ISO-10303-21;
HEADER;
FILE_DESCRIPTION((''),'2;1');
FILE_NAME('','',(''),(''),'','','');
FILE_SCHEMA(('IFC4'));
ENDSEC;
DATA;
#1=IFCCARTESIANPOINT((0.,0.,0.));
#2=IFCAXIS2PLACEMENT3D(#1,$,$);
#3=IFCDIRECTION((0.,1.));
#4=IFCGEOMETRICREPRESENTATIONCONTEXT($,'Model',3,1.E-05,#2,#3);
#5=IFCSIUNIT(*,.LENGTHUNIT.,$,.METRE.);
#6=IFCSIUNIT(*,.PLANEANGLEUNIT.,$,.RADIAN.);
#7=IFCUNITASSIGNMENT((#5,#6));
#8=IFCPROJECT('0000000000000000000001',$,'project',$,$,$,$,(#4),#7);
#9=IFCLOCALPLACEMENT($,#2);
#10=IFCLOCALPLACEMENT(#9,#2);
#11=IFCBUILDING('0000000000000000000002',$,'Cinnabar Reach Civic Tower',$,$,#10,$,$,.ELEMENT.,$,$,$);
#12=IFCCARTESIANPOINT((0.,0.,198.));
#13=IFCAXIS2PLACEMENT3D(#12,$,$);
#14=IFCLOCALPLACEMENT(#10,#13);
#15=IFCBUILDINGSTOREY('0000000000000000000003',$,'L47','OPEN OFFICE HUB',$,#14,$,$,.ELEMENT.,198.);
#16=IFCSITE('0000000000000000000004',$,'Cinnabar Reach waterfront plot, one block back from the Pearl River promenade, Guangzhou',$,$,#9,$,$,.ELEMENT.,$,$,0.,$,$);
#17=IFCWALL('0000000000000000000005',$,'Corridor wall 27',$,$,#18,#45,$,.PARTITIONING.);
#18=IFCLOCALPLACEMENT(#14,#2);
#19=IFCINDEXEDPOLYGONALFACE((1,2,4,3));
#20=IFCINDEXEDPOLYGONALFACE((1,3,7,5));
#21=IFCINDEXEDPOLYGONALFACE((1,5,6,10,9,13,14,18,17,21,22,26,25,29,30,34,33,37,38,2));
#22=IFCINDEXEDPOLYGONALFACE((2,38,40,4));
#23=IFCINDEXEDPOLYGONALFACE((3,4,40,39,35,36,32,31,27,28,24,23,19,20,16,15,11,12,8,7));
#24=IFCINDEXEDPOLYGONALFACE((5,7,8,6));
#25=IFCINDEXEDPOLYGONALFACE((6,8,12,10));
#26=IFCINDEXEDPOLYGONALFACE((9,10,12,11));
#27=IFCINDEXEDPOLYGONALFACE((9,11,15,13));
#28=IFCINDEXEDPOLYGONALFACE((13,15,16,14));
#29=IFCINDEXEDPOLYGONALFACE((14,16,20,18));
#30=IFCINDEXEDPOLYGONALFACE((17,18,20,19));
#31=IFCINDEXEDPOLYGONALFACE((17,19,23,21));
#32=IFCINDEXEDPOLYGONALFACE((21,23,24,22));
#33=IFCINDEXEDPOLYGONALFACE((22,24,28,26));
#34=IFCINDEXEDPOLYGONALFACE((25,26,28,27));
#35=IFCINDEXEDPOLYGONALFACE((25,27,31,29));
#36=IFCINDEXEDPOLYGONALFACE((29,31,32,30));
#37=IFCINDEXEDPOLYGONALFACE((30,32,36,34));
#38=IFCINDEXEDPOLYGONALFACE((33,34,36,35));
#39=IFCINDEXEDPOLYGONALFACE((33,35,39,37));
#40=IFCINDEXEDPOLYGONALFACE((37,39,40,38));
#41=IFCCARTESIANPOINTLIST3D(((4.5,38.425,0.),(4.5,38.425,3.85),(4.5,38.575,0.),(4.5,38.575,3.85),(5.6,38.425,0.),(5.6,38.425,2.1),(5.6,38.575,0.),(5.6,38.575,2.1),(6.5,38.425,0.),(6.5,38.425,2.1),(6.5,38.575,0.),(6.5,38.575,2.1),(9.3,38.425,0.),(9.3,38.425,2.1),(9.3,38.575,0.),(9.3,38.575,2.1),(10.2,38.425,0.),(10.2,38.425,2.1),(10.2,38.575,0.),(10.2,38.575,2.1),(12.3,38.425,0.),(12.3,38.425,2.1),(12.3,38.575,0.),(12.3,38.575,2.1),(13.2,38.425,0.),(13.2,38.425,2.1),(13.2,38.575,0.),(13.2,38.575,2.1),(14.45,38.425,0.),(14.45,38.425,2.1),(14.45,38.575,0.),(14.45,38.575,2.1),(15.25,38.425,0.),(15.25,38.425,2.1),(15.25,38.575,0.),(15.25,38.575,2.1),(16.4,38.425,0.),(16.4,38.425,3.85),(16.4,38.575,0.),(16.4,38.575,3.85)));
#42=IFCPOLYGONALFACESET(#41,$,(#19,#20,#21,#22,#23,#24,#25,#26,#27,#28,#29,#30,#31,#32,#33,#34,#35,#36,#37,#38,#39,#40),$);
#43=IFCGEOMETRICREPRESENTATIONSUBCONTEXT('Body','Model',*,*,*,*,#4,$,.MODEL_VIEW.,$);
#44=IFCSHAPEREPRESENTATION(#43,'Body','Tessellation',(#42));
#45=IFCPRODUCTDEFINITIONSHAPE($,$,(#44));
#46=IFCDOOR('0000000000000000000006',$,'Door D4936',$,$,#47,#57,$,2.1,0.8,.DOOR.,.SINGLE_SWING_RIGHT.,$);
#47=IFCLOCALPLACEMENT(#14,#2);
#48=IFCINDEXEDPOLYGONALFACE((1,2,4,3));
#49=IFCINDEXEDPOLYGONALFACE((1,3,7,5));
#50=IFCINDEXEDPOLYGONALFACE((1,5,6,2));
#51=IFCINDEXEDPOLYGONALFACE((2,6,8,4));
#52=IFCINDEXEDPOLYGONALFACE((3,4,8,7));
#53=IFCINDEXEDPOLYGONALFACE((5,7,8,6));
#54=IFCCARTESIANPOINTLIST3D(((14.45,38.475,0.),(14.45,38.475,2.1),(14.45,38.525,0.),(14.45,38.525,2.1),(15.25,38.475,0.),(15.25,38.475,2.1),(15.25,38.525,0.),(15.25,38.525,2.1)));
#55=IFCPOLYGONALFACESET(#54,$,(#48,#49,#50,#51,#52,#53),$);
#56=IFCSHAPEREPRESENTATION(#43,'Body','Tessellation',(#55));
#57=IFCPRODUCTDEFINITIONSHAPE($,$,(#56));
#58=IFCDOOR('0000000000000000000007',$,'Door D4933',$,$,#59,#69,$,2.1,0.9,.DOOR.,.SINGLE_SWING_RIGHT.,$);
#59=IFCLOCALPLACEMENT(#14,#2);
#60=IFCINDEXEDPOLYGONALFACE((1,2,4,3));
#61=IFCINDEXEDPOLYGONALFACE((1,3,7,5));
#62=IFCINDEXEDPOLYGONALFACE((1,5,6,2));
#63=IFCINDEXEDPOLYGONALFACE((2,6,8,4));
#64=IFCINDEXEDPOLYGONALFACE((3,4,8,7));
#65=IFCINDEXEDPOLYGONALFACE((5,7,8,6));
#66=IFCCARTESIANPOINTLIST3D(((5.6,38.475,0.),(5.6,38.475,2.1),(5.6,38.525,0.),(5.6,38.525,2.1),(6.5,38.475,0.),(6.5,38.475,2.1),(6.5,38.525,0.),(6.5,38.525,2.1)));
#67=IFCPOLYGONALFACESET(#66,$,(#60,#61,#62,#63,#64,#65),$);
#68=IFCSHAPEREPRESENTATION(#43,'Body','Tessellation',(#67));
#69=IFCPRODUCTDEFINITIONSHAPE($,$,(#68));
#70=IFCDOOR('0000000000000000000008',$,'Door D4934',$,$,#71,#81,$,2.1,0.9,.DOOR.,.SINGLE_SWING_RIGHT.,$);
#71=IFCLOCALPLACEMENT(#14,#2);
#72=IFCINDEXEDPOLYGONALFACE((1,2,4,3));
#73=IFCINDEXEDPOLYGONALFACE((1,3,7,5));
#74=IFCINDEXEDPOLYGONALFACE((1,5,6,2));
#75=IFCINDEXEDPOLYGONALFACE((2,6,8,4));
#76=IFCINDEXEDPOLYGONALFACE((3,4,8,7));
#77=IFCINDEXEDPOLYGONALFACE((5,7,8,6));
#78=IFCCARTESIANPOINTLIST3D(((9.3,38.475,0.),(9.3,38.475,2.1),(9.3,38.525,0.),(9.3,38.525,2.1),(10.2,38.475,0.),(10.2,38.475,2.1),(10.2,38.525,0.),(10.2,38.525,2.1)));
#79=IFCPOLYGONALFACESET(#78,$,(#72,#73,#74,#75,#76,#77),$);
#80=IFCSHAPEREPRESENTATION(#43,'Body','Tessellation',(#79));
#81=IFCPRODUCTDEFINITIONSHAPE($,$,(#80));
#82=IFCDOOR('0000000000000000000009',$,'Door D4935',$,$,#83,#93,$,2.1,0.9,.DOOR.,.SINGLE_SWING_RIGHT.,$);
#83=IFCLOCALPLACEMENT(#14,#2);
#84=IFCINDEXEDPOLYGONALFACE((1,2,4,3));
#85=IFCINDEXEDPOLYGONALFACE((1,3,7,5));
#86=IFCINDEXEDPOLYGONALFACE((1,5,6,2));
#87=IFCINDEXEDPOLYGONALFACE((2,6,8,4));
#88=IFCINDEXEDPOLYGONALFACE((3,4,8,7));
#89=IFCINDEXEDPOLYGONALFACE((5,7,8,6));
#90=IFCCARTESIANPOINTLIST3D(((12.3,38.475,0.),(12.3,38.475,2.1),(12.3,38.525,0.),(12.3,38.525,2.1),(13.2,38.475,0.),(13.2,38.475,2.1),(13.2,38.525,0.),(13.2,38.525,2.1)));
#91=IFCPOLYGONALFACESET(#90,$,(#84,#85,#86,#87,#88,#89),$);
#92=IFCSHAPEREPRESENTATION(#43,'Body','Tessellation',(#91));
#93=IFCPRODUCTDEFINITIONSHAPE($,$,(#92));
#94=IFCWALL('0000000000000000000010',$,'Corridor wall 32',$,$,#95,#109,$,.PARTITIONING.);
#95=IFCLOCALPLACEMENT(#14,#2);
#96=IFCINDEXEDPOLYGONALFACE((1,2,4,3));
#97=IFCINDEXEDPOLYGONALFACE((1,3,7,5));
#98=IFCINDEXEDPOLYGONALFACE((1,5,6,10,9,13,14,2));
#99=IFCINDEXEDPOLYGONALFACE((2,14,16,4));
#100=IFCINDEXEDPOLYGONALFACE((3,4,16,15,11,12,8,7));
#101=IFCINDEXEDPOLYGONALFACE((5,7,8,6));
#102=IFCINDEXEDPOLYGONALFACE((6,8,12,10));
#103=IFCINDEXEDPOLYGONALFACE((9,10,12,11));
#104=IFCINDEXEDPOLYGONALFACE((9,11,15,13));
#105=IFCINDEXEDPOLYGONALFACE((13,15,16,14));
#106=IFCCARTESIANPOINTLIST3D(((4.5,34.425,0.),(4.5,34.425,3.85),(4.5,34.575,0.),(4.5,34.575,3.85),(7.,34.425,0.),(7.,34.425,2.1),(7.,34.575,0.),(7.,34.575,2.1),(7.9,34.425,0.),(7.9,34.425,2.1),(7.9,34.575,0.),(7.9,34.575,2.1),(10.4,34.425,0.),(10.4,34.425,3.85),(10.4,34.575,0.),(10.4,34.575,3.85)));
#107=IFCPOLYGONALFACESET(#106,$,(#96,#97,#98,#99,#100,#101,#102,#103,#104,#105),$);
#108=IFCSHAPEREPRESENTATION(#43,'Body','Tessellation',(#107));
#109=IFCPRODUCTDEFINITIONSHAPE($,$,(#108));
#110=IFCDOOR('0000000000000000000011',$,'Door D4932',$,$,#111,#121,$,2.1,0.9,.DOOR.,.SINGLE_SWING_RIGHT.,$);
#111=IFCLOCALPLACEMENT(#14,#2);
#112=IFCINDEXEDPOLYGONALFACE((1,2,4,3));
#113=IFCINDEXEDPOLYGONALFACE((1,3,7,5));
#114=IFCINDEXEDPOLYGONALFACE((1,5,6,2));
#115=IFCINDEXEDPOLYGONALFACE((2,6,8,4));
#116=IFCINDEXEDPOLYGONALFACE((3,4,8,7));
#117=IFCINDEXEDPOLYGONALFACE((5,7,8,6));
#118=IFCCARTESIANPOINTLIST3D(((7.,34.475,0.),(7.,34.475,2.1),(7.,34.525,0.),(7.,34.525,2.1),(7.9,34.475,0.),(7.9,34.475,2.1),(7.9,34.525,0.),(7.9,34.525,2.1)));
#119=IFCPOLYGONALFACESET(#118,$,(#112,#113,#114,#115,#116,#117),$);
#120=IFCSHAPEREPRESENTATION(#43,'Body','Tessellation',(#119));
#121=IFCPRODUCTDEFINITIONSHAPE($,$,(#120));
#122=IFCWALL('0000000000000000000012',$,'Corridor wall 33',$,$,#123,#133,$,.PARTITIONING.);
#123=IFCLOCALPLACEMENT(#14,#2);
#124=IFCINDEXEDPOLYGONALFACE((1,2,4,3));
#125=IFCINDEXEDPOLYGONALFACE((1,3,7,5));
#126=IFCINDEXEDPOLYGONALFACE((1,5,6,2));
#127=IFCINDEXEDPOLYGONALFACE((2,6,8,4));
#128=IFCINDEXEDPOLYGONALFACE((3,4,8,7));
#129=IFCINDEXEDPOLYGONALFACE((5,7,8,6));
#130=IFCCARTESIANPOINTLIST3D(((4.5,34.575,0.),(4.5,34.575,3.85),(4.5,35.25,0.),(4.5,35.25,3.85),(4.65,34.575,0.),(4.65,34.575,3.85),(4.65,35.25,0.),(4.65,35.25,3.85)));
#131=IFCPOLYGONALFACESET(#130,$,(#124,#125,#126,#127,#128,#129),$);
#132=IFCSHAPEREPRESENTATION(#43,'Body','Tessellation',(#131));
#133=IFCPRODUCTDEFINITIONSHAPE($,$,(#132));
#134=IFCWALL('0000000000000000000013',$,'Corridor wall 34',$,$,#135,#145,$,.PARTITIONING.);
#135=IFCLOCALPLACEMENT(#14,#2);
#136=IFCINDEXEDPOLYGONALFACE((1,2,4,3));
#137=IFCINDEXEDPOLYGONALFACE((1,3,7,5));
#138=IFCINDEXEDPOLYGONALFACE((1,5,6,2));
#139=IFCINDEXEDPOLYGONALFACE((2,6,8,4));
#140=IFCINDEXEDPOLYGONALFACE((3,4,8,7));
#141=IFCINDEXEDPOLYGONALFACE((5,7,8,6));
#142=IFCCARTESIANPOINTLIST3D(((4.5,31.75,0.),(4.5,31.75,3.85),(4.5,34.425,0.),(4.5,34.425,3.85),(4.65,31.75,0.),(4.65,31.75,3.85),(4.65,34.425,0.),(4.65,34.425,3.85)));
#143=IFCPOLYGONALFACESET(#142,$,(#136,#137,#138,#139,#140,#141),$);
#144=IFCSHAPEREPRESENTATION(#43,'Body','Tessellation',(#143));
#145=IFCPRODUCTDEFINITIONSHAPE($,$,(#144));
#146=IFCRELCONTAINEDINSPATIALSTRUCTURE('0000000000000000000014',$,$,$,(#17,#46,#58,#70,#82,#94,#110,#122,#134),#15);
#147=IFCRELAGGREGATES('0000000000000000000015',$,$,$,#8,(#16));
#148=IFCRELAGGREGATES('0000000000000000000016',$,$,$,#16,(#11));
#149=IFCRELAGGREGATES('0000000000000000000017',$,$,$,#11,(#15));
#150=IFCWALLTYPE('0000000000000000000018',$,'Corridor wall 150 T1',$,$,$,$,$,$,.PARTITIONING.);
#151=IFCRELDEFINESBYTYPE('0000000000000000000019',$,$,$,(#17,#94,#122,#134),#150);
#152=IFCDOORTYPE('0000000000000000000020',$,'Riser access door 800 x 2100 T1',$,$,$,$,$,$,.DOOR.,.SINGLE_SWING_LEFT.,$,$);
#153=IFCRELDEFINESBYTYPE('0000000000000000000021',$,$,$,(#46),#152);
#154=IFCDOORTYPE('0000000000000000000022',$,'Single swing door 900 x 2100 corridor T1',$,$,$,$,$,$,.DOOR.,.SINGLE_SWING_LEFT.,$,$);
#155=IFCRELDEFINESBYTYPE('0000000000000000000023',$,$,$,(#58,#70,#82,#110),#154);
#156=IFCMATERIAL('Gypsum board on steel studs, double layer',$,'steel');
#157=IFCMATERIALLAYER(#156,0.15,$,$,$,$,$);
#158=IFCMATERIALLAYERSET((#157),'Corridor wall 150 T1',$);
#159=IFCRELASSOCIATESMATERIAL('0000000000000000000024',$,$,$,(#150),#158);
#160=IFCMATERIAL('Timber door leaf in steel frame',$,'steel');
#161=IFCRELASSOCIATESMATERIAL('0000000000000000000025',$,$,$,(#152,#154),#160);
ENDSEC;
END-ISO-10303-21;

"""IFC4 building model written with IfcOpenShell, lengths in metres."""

from ifc_helpers import new_model, si_unit, direction, frame, frame_2d, origin, place, context, subcontext, project, spatial, rectangle, extrude, material, layer, layer_set, type_object, element, fill, save


model = new_model("IFC4")

# Units and contexts
model_context = context("Model", 3, precision=1e-05, world=origin(), true_north=direction((0.0, 1.0)))
body_context = subcontext(model_context, "Body", "Model", "MODEL_VIEW")
ifc_project = project(units=[si_unit("LENGTHUNIT", "METRE"), si_unit("PLANEANGLEUNIT", "RADIAN")], contexts=[model_context])

# Site, building, storey
site_placement = place(None, origin())
site = spatial("IfcSite", under=ifc_project, at=site_placement, Name="Cinnabar Reach waterfront plot, one block back from the Pearl River promenade, Guangzhou", CompositionType="ELEMENT", RefElevation=0.0)
building_placement = place(site_placement, origin())
building = spatial("IfcBuilding", under=site, at=building_placement, Name="Cinnabar Reach Civic Tower", CompositionType="ELEMENT")
storey_placement = place(building_placement, frame((0.0, 0.0, 198.0)))
storey = spatial("IfcBuildingStorey", under=building, at=storey_placement, Name="L47", Description="OPEN OFFICE HUB", CompositionType="ELEMENT", Elevation=198.0)

# Wall, openings, doors
ifc_material_1 = material(Name="Gypsum board on steel studs, double layer", Category="steel")
ifc_layer_1 = layer(ifc_material_1, 0.15)
ifc_layer_set_1 = layer_set([ifc_layer_1], Name="Corridor wall 150 T1")
wall_type_1 = type_object("IfcWallType", Name="Corridor wall 150 T1", PredefinedType="PARTITIONING", material=ifc_layer_set_1)
wall_1_placement = place(storey_placement, frame((4.5, 38.5, 0.0), z_axis=(0.0, 0.0, 1.0), x_axis=(1.0, 0.0, 0.0)))
wall_1 = element("IfcWall", 1, at=wall_1_placement, inside=storey, type_object=wall_type_1, Name="Corridor wall 27", PredefinedType="PARTITIONING", context=body_context, shape_type="SweptSolid", body=[
    extrude(rectangle(XDim=11.9, YDim=0.15, at=frame_2d((5.95, 0.0))), origin(), (0.0, 0.0, 1.0), 3.85),
])
opening_1_placement = place(wall_1_placement, frame((1.1, 0.0, 0.0)))
opening_1 = element("IfcOpeningElement", 2, at=opening_1_placement, cuts=wall_1, PredefinedType="OPENING", context=body_context, shape_type="SweptSolid", body=[
    extrude(rectangle(XDim=0.9, YDim=2.1, at=frame_2d((0.45, 1.05))), frame((0.0, 0.085, 0.0), z_axis=(0.0, -1.0, 0.0), x_axis=(1.0, 0.0, 0.0)), (0.0, 0.0, 1.0), 0.17),
])
opening_2_placement = place(wall_1_placement, frame((4.8, 0.0, 0.0)))
opening_2 = element("IfcOpeningElement", 3, at=opening_2_placement, cuts=wall_1, PredefinedType="OPENING", context=body_context, shape_type="SweptSolid", body=[
    extrude(rectangle(XDim=0.9, YDim=2.1, at=frame_2d((0.45, 1.05))), frame((0.0, 0.085, 0.0), z_axis=(0.0, -1.0, 0.0), x_axis=(1.0, 0.0, 0.0)), (0.0, 0.0, 1.0), 0.17),
])
opening_3_placement = place(wall_1_placement, frame((7.8, 0.0, 0.0)))
opening_3 = element("IfcOpeningElement", 4, at=opening_3_placement, cuts=wall_1, PredefinedType="OPENING", context=body_context, shape_type="SweptSolid", body=[
    extrude(rectangle(XDim=0.9, YDim=2.1, at=frame_2d((0.45, 1.05))), frame((0.0, 0.085, 0.0), z_axis=(0.0, -1.0, 0.0), x_axis=(1.0, 0.0, 0.0)), (0.0, 0.0, 1.0), 0.17),
])
opening_4_placement = place(wall_1_placement, frame((9.95, 0.0, 0.0)))
opening_4 = element("IfcOpeningElement", 5, at=opening_4_placement, cuts=wall_1, PredefinedType="OPENING", context=body_context, shape_type="SweptSolid", body=[
    extrude(rectangle(XDim=0.8, YDim=2.1, at=frame_2d((0.4, 1.05))), frame((0.0, 0.085, 0.0), z_axis=(0.0, -1.0, 0.0), x_axis=(1.0, 0.0, 0.0)), (0.0, 0.0, 1.0), 0.17),
])
ifc_material_2 = material(Name="Timber door leaf in steel frame", Category="steel")
door_type_1 = type_object("IfcDoorType", Name="Riser access door 800 x 2100 T1", OperationType="SINGLE_SWING_LEFT", PredefinedType="DOOR", material=ifc_material_2)
door_1_placement = place(opening_4_placement, origin())
door_1 = element("IfcDoor", 6, at=door_1_placement, inside=storey, type_object=door_type_1, Name="Door D4936", OperationType="SINGLE_SWING_RIGHT", OverallHeight=2.1, OverallWidth=0.8, PredefinedType="DOOR", context=body_context, shape_type="SweptSolid", body=[
    extrude(rectangle(XDim=0.8, YDim=2.1, at=frame_2d((0.4, 1.05))), frame((0.0, 0.025, 0.0), z_axis=(0.0, -1.0, 0.0), x_axis=(1.0, 0.0, 0.0)), (0.0, 0.0, 1.0), 0.05),
])
fill(opening_4, door_1)
door_type_2 = type_object("IfcDoorType", Name="Single swing door 900 x 2100 corridor T1", OperationType="SINGLE_SWING_LEFT", PredefinedType="DOOR", material=ifc_material_2)
door_2_placement = place(opening_1_placement, origin())
door_2 = element("IfcDoor", 7, at=door_2_placement, inside=storey, type_object=door_type_2, Name="Door D4933", OperationType="SINGLE_SWING_RIGHT", OverallHeight=2.1, OverallWidth=0.9, PredefinedType="DOOR", context=body_context, shape_type="SweptSolid", body=[
    extrude(rectangle(XDim=0.9, YDim=2.1, at=frame_2d((0.45, 1.05))), frame((0.0, 0.025, 0.0), z_axis=(0.0, -1.0, 0.0), x_axis=(1.0, 0.0, 0.0)), (0.0, 0.0, 1.0), 0.05),
])
fill(opening_1, door_2)
door_3_placement = place(opening_2_placement, origin())
door_3 = element("IfcDoor", 8, at=door_3_placement, inside=storey, type_object=door_type_2, Name="Door D4934", OperationType="SINGLE_SWING_RIGHT", OverallHeight=2.1, OverallWidth=0.9, PredefinedType="DOOR", context=body_context, shape_type="SweptSolid", body=[
    extrude(rectangle(XDim=0.9, YDim=2.1, at=frame_2d((0.45, 1.05))), frame((0.0, 0.025, 0.0), z_axis=(0.0, -1.0, 0.0), x_axis=(1.0, 0.0, 0.0)), (0.0, 0.0, 1.0), 0.05),
])
fill(opening_2, door_3)
door_4_placement = place(opening_3_placement, origin())
door_4 = element("IfcDoor", 9, at=door_4_placement, inside=storey, type_object=door_type_2, Name="Door D4935", OperationType="SINGLE_SWING_RIGHT", OverallHeight=2.1, OverallWidth=0.9, PredefinedType="DOOR", context=body_context, shape_type="SweptSolid", body=[
    extrude(rectangle(XDim=0.9, YDim=2.1, at=frame_2d((0.45, 1.05))), frame((0.0, 0.025, 0.0), z_axis=(0.0, -1.0, 0.0), x_axis=(1.0, 0.0, 0.0)), (0.0, 0.0, 1.0), 0.05),
])
fill(opening_3, door_4)

# Wall, opening, door
wall_2_placement = place(storey_placement, frame((4.5, 34.5, 0.0), z_axis=(0.0, 0.0, 1.0), x_axis=(1.0, 0.0, 0.0)))
wall_2 = element("IfcWall", 10, at=wall_2_placement, inside=storey, type_object=wall_type_1, Name="Corridor wall 32", PredefinedType="PARTITIONING", context=body_context, shape_type="SweptSolid", body=[
    extrude(rectangle(XDim=5.9, YDim=0.15, at=frame_2d((2.95, 0.0))), origin(), (0.0, 0.0, 1.0), 3.85),
])
opening_5_placement = place(wall_2_placement, frame((2.5, 0.0, 0.0)))
opening_5 = element("IfcOpeningElement", 11, at=opening_5_placement, cuts=wall_2, PredefinedType="OPENING", context=body_context, shape_type="SweptSolid", body=[
    extrude(rectangle(XDim=0.9, YDim=2.1, at=frame_2d((0.45, 1.05))), frame((0.0, 0.085, 0.0), z_axis=(0.0, -1.0, 0.0), x_axis=(1.0, 0.0, 0.0)), (0.0, 0.0, 1.0), 0.17),
])
door_5_placement = place(opening_5_placement, frame((0.9, 0.0, 0.0), z_axis=(0.0, 0.0, 1.0), x_axis=(-1.0, 0.0, 0.0)))
door_5 = element("IfcDoor", 12, at=door_5_placement, inside=storey, type_object=door_type_2, Name="Door D4932", OperationType="SINGLE_SWING_RIGHT", OverallHeight=2.1, OverallWidth=0.9, PredefinedType="DOOR", context=body_context, shape_type="SweptSolid", body=[
    extrude(rectangle(XDim=0.9, YDim=2.1, at=frame_2d((0.45, 1.05))), frame((0.0, 0.025, 0.0), z_axis=(0.0, -1.0, 0.0), x_axis=(1.0, 0.0, 0.0)), (0.0, 0.0, 1.0), 0.05),
])
fill(opening_5, door_5)

# Walls
wall_3_placement = place(storey_placement, frame((4.575, 34.575, 0.0), z_axis=(0.0, 0.0, 1.0), x_axis=(0.0, 1.0, 0.0)))
element("IfcWall", 13, at=wall_3_placement, inside=storey, type_object=wall_type_1, Name="Corridor wall 33", PredefinedType="PARTITIONING", context=body_context, shape_type="SweptSolid", body=[
    extrude(rectangle(XDim=0.675, YDim=0.15, at=frame_2d((0.3375, 0.0))), origin(), (0.0, 0.0, 1.0), 3.85),
])
wall_4_placement = place(storey_placement, frame((4.575, 31.75, 0.0), z_axis=(0.0, 0.0, 1.0), x_axis=(0.0, 1.0, 0.0)))
element("IfcWall", 14, at=wall_4_placement, inside=storey, type_object=wall_type_1, Name="Corridor wall 34", PredefinedType="PARTITIONING", context=body_context, shape_type="SweptSolid", body=[
    extrude(rectangle(XDim=2.675, YDim=0.15, at=frame_2d((1.3375, 0.0))), origin(), (0.0, 0.0, 1.0), 3.85),
])

save(model, "model.ifc")
